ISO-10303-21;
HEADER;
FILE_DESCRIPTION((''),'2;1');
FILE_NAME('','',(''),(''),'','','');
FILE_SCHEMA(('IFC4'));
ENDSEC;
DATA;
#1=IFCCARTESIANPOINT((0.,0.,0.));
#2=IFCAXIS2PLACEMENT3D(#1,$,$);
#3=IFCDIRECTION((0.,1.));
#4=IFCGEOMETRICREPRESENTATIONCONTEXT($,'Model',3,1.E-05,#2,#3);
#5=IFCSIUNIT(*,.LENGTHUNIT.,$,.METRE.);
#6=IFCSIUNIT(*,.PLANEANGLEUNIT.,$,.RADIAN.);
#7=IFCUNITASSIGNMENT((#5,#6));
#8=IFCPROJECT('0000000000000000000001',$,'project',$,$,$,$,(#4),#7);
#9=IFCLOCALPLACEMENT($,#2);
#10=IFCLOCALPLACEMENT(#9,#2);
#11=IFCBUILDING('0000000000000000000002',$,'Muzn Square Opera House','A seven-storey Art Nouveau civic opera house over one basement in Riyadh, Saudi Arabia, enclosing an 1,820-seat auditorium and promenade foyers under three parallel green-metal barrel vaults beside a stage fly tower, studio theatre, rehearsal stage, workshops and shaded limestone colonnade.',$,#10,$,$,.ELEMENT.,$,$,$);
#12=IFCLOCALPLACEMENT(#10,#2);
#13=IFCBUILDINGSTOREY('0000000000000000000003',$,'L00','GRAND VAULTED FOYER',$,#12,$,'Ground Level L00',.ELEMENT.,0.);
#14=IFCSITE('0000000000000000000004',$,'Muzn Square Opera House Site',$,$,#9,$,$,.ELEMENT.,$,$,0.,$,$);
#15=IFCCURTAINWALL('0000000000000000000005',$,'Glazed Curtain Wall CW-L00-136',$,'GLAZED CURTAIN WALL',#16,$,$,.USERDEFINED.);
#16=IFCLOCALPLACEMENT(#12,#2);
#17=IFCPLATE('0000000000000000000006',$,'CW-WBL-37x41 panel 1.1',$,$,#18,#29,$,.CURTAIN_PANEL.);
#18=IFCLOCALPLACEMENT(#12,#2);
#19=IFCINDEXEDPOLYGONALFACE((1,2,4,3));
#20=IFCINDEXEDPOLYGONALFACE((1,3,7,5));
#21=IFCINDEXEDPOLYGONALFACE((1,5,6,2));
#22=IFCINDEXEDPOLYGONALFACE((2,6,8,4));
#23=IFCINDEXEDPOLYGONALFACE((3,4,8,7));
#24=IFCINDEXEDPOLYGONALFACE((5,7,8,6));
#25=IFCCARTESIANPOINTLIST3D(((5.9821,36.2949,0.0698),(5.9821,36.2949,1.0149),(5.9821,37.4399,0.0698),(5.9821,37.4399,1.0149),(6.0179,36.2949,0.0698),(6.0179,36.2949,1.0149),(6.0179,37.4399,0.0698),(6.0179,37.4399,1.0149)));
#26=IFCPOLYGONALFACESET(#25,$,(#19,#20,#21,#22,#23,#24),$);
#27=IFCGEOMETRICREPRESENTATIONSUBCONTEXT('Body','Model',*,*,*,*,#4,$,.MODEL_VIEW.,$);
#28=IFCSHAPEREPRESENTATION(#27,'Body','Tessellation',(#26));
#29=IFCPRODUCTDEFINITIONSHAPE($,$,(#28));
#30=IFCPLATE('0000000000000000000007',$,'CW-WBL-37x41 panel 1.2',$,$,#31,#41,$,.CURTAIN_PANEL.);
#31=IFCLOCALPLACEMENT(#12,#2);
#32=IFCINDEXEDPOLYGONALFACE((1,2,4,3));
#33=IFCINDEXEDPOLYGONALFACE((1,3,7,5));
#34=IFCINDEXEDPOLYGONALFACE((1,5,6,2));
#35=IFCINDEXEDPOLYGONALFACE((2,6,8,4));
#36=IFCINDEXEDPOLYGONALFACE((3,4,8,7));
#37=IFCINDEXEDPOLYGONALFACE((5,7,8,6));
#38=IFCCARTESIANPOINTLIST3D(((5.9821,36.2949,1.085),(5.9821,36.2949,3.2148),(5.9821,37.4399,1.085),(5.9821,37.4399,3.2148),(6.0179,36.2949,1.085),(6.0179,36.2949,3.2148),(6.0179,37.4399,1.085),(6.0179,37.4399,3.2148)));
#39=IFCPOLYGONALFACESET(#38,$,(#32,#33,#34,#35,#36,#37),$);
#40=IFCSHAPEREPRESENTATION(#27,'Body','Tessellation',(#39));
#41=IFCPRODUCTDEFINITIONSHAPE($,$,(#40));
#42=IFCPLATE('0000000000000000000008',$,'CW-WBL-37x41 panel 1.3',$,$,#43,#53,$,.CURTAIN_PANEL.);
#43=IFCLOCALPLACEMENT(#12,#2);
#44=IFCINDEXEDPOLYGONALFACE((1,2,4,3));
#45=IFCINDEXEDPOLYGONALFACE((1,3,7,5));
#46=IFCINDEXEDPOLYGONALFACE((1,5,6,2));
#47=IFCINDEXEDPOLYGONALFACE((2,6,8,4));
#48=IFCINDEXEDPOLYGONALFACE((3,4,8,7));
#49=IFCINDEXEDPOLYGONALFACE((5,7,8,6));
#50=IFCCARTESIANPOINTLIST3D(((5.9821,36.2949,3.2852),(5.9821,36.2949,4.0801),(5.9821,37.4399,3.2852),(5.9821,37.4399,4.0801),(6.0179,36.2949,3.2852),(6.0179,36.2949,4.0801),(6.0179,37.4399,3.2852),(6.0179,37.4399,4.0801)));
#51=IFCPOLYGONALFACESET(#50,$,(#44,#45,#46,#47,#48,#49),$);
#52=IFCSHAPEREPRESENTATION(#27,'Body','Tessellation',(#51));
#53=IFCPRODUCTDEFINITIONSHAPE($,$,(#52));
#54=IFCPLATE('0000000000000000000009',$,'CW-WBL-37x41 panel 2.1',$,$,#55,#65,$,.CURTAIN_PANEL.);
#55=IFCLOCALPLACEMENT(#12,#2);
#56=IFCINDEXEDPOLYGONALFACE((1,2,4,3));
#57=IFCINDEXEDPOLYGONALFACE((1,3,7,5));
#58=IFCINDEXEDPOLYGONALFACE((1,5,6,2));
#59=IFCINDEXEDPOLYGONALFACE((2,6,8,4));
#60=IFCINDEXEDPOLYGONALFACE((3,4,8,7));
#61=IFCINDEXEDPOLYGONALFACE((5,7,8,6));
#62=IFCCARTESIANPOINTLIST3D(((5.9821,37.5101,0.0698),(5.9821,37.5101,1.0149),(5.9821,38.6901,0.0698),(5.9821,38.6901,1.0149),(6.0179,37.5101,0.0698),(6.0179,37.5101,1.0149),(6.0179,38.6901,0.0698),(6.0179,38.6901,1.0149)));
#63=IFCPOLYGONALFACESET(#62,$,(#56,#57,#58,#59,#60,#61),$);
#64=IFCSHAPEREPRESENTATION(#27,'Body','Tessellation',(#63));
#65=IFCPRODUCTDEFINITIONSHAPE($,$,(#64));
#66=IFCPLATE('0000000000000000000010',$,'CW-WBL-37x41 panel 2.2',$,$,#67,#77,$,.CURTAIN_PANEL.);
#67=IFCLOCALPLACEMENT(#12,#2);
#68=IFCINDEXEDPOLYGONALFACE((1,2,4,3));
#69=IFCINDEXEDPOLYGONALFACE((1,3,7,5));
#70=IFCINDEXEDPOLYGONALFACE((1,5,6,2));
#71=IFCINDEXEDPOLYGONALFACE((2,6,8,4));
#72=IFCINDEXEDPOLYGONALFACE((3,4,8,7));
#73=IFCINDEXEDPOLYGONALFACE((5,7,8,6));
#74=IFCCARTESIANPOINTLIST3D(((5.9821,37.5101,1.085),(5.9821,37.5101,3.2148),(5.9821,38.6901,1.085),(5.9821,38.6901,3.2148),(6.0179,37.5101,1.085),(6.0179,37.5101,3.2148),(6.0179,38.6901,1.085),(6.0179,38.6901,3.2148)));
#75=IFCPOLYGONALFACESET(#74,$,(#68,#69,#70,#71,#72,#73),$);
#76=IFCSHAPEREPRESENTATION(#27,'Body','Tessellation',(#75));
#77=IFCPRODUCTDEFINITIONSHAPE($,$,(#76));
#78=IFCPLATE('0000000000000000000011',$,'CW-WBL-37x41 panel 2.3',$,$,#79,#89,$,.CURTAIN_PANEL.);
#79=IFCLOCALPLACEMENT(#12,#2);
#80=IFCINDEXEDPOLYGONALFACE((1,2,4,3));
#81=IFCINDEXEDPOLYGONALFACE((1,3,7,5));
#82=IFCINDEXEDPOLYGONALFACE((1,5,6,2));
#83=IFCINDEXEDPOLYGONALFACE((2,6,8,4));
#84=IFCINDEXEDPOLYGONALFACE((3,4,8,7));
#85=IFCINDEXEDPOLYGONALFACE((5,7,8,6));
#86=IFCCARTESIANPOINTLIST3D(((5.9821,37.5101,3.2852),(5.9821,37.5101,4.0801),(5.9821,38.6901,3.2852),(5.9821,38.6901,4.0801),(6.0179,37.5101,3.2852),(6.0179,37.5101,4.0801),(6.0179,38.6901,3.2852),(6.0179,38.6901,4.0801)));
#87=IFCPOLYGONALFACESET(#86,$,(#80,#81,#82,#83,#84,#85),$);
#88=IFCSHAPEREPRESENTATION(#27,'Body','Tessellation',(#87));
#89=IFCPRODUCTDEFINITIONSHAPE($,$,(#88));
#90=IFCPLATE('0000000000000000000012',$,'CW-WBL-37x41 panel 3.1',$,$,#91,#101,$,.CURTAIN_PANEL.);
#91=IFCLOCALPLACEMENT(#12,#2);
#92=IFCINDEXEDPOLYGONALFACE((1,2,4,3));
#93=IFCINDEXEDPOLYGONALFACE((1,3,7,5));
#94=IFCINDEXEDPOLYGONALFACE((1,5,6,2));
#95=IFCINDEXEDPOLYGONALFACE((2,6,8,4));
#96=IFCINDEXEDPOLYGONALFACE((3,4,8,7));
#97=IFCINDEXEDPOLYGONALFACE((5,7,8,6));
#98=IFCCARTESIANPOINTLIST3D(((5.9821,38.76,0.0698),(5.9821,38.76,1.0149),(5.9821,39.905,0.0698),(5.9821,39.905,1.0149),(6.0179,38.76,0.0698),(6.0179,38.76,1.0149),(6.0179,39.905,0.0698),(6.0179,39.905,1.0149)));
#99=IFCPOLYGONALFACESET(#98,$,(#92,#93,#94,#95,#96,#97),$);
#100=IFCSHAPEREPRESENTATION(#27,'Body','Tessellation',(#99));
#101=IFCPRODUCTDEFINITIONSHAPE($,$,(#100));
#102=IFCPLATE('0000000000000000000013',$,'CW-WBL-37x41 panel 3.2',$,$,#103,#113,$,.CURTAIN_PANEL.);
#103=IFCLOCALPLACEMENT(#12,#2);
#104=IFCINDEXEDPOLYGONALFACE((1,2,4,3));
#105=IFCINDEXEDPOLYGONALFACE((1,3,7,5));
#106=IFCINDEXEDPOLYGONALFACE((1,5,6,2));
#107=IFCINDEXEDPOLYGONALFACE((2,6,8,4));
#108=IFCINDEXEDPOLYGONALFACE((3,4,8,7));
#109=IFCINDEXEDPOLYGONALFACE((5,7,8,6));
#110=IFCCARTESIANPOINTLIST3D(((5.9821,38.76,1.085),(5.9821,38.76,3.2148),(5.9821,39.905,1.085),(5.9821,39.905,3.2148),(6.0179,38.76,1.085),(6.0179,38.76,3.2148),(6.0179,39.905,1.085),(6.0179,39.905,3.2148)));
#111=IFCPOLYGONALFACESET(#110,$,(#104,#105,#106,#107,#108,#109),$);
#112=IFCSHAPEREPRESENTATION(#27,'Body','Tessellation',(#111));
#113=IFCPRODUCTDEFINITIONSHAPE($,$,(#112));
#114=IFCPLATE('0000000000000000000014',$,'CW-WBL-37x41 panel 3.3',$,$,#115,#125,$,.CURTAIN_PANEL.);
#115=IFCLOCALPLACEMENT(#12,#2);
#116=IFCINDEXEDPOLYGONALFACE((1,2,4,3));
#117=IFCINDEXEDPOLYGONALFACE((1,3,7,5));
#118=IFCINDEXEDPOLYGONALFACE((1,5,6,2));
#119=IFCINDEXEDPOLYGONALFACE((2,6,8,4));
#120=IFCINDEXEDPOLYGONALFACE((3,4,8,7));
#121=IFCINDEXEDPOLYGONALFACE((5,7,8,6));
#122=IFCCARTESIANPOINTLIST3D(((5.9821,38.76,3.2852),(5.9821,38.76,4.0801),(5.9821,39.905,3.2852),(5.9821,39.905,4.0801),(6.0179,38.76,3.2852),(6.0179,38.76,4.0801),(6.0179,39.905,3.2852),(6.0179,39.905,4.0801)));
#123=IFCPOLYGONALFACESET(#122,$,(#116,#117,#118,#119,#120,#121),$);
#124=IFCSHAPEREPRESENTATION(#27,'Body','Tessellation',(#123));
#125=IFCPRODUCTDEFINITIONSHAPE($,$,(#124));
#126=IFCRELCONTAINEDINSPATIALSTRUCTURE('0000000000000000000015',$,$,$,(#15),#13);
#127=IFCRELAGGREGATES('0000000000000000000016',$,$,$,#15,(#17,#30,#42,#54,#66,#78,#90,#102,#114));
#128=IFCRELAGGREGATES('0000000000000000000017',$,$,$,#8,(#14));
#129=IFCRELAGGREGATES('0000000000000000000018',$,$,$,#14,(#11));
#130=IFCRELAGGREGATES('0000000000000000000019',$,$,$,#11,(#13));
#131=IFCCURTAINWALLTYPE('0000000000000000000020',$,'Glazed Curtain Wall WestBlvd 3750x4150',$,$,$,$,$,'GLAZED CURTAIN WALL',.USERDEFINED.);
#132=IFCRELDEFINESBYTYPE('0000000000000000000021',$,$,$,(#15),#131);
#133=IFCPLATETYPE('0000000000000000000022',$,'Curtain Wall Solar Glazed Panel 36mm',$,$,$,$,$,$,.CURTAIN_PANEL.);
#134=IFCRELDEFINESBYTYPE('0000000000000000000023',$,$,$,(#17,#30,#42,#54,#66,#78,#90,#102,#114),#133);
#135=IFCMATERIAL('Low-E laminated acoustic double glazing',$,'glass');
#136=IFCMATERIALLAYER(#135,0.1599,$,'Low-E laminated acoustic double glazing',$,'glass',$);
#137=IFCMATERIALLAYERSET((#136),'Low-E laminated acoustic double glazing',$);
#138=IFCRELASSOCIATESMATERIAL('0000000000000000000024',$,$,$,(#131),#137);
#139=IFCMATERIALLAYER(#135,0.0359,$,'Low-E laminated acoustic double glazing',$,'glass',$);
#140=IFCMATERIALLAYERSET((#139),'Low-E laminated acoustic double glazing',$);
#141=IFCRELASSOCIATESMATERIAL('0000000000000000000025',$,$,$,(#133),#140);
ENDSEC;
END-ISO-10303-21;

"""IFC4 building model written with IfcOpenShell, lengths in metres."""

from ifc_helpers import new_model, si_unit, direction, frame, origin, origin_2d, place, context, subcontext, project, spatial, rectangle, extrude, material, layer, layer_set, type_object, element, aggregate, save


model = new_model("IFC4")

# Units and contexts
model_context = context("Model", 3, precision=1e-05, world=origin(), true_north=direction((0.0, 1.0)))
body_context = subcontext(model_context, "Body", "Model", "MODEL_VIEW")
ifc_project = project(units=[si_unit("LENGTHUNIT", "METRE"), si_unit("PLANEANGLEUNIT", "RADIAN")], contexts=[model_context])

# Site, building, storey
site_placement = place(None, origin())
site = spatial("IfcSite", under=ifc_project, at=site_placement, Name="Muzn Square Opera House Site", CompositionType="ELEMENT", RefElevation=0.0)
building_placement = place(site_placement, origin())
building = spatial("IfcBuilding", under=site, at=building_placement, Name="Muzn Square Opera House", Description="A seven-storey Art Nouveau civic opera house over one basement in Riyadh, Saudi Arabia, enclosing an 1,820-seat auditorium and promenade foyers under three parallel green-metal barrel vaults beside a stage fly tower, studio theatre, rehearsal stage, workshops and shaded limestone colonnade.", CompositionType="ELEMENT")
storey_placement = place(building_placement, origin())
storey = spatial("IfcBuildingStorey", under=building, at=storey_placement, Name="L00", Description="GRAND VAULTED FOYER", LongName="Ground Level L00", CompositionType="ELEMENT", Elevation=0.0)

# Shared definitions
ifc_material_1 = material(Name="Low-E laminated acoustic double glazing", Category="glass")
ifc_layer_1 = layer(ifc_material_1, 0.1599, Name="Low-E laminated acoustic double glazing", Category="glass")
ifc_layer_set_1 = layer_set([ifc_layer_1], Name="Low-E laminated acoustic double glazing")
curtain_wall_type = type_object("IfcCurtainWallType", Name="Glazed Curtain Wall WestBlvd 3750x4150", ElementType="GLAZED CURTAIN WALL", PredefinedType="USERDEFINED", material=ifc_layer_set_1)

# Curtain wall
curtain_wall_1_placement = place(storey_placement, origin())
curtain_wall_1 = element("IfcCurtainWall", 1, at=curtain_wall_1_placement, inside=storey, type_object=curtain_wall_type, Name="Glazed Curtain Wall CW-L00-136", ObjectType="GLAZED CURTAIN WALL", PredefinedType="USERDEFINED")

# Plates
ifc_layer_2 = layer(ifc_material_1, 0.0359, Name="Low-E laminated acoustic double glazing", Category="glass")
ifc_layer_set_2 = layer_set([ifc_layer_2], Name="Low-E laminated acoustic double glazing")
plate_type = type_object("IfcPlateType", Name="Curtain Wall Solar Glazed Panel 36mm", PredefinedType="CURTAIN_PANEL", material=ifc_layer_set_2)
plate_1_placement = place(storey_placement, frame((6.0, 36.8674, 0.0698), z_axis=(0.0, 0.0, 1.0), x_axis=(0.0, 1.0, 0.0)))
plate_1 = element("IfcPlate", 2, at=plate_1_placement, type_object=plate_type, Name="CW-WBL-37x41 panel 1.1", PredefinedType="CURTAIN_PANEL", context=body_context, shape_type="SweptSolid", body=[
    extrude(rectangle(XDim=1.145, YDim=0.0359, at=origin_2d()), origin(), (0.0, 0.0, 1.0), 0.9451),
])
plate_2_placement = place(storey_placement, frame((6.0, 36.8674, 1.085), z_axis=(0.0, 0.0, 1.0), x_axis=(0.0, 1.0, 0.0)))
plate_2 = element("IfcPlate", 3, at=plate_2_placement, type_object=plate_type, Name="CW-WBL-37x41 panel 1.2", PredefinedType="CURTAIN_PANEL", context=body_context, shape_type="SweptSolid", body=[
    extrude(rectangle(XDim=1.145, YDim=0.0359, at=origin_2d()), origin(), (0.0, 0.0, 1.0), 2.1299),
])
plate_3_placement = place(storey_placement, frame((6.0, 36.8674, 3.2852), z_axis=(0.0, 0.0, 1.0), x_axis=(0.0, 1.0, 0.0)))
plate_3 = element("IfcPlate", 4, at=plate_3_placement, type_object=plate_type, Name="CW-WBL-37x41 panel 1.3", PredefinedType="CURTAIN_PANEL", context=body_context, shape_type="SweptSolid", body=[
    extrude(rectangle(XDim=1.145, YDim=0.0359, at=origin_2d()), origin(), (0.0, 0.0, 1.0), 0.7949),
])
plate_4_placement = place(storey_placement, frame((6.0, 38.1001, 0.0698), z_axis=(0.0, 0.0, 1.0), x_axis=(0.0, 1.0, 0.0)))
plate_4 = element("IfcPlate", 5, at=plate_4_placement, type_object=plate_type, Name="CW-WBL-37x41 panel 2.1", PredefinedType="CURTAIN_PANEL", context=body_context, shape_type="SweptSolid", body=[
    extrude(rectangle(XDim=1.1799, YDim=0.0359, at=origin_2d()), origin(), (0.0, 0.0, 1.0), 0.9451),
])
plate_5_placement = place(storey_placement, frame((6.0, 38.1001, 1.085), z_axis=(0.0, 0.0, 1.0), x_axis=(0.0, 1.0, 0.0)))
plate_5 = element("IfcPlate", 6, at=plate_5_placement, type_object=plate_type, Name="CW-WBL-37x41 panel 2.2", PredefinedType="CURTAIN_PANEL", context=body_context, shape_type="SweptSolid", body=[
    extrude(rectangle(XDim=1.1799, YDim=0.0359, at=origin_2d()), origin(), (0.0, 0.0, 1.0), 2.1299),
])
plate_6_placement = place(storey_placement, frame((6.0, 38.1001, 3.2852), z_axis=(0.0, 0.0, 1.0), x_axis=(0.0, 1.0, 0.0)))
plate_6 = element("IfcPlate", 7, at=plate_6_placement, type_object=plate_type, Name="CW-WBL-37x41 panel 2.3", PredefinedType="CURTAIN_PANEL", context=body_context, shape_type="SweptSolid", body=[
    extrude(rectangle(XDim=1.1799, YDim=0.0359, at=origin_2d()), origin(), (0.0, 0.0, 1.0), 0.7949),
])
plate_7_placement = place(storey_placement, frame((6.0, 39.3325, 0.0698), z_axis=(0.0, 0.0, 1.0), x_axis=(0.0, 1.0, 0.0)))
plate_7 = element("IfcPlate", 8, at=plate_7_placement, type_object=plate_type, Name="CW-WBL-37x41 panel 3.1", PredefinedType="CURTAIN_PANEL", context=body_context, shape_type="SweptSolid", body=[
    extrude(rectangle(XDim=1.145, YDim=0.0359, at=origin_2d()), origin(), (0.0, 0.0, 1.0), 0.9451),
])
plate_8_placement = place(storey_placement, frame((6.0, 39.3325, 1.085), z_axis=(0.0, 0.0, 1.0), x_axis=(0.0, 1.0, 0.0)))
plate_8 = element("IfcPlate", 9, at=plate_8_placement, type_object=plate_type, Name="CW-WBL-37x41 panel 3.2", PredefinedType="CURTAIN_PANEL", context=body_context, shape_type="SweptSolid", body=[
    extrude(rectangle(XDim=1.145, YDim=0.0359, at=origin_2d()), origin(), (0.0, 0.0, 1.0), 2.1299),
])
plate_9_placement = place(storey_placement, frame((6.0, 39.3325, 3.2852), z_axis=(0.0, 0.0, 1.0), x_axis=(0.0, 1.0, 0.0)))
plate_9 = element("IfcPlate", 10, at=plate_9_placement, type_object=plate_type, Name="CW-WBL-37x41 panel 3.3", PredefinedType="CURTAIN_PANEL", context=body_context, shape_type="SweptSolid", body=[
    extrude(rectangle(XDim=1.145, YDim=0.0359, at=origin_2d()), origin(), (0.0, 0.0, 1.0), 0.7949),
])
aggregate(curtain_wall_1, [plate_1, plate_2, plate_3, plate_4, plate_5, plate_6, plate_7, plate_8, plate_9])

save(model, "model.ifc")
